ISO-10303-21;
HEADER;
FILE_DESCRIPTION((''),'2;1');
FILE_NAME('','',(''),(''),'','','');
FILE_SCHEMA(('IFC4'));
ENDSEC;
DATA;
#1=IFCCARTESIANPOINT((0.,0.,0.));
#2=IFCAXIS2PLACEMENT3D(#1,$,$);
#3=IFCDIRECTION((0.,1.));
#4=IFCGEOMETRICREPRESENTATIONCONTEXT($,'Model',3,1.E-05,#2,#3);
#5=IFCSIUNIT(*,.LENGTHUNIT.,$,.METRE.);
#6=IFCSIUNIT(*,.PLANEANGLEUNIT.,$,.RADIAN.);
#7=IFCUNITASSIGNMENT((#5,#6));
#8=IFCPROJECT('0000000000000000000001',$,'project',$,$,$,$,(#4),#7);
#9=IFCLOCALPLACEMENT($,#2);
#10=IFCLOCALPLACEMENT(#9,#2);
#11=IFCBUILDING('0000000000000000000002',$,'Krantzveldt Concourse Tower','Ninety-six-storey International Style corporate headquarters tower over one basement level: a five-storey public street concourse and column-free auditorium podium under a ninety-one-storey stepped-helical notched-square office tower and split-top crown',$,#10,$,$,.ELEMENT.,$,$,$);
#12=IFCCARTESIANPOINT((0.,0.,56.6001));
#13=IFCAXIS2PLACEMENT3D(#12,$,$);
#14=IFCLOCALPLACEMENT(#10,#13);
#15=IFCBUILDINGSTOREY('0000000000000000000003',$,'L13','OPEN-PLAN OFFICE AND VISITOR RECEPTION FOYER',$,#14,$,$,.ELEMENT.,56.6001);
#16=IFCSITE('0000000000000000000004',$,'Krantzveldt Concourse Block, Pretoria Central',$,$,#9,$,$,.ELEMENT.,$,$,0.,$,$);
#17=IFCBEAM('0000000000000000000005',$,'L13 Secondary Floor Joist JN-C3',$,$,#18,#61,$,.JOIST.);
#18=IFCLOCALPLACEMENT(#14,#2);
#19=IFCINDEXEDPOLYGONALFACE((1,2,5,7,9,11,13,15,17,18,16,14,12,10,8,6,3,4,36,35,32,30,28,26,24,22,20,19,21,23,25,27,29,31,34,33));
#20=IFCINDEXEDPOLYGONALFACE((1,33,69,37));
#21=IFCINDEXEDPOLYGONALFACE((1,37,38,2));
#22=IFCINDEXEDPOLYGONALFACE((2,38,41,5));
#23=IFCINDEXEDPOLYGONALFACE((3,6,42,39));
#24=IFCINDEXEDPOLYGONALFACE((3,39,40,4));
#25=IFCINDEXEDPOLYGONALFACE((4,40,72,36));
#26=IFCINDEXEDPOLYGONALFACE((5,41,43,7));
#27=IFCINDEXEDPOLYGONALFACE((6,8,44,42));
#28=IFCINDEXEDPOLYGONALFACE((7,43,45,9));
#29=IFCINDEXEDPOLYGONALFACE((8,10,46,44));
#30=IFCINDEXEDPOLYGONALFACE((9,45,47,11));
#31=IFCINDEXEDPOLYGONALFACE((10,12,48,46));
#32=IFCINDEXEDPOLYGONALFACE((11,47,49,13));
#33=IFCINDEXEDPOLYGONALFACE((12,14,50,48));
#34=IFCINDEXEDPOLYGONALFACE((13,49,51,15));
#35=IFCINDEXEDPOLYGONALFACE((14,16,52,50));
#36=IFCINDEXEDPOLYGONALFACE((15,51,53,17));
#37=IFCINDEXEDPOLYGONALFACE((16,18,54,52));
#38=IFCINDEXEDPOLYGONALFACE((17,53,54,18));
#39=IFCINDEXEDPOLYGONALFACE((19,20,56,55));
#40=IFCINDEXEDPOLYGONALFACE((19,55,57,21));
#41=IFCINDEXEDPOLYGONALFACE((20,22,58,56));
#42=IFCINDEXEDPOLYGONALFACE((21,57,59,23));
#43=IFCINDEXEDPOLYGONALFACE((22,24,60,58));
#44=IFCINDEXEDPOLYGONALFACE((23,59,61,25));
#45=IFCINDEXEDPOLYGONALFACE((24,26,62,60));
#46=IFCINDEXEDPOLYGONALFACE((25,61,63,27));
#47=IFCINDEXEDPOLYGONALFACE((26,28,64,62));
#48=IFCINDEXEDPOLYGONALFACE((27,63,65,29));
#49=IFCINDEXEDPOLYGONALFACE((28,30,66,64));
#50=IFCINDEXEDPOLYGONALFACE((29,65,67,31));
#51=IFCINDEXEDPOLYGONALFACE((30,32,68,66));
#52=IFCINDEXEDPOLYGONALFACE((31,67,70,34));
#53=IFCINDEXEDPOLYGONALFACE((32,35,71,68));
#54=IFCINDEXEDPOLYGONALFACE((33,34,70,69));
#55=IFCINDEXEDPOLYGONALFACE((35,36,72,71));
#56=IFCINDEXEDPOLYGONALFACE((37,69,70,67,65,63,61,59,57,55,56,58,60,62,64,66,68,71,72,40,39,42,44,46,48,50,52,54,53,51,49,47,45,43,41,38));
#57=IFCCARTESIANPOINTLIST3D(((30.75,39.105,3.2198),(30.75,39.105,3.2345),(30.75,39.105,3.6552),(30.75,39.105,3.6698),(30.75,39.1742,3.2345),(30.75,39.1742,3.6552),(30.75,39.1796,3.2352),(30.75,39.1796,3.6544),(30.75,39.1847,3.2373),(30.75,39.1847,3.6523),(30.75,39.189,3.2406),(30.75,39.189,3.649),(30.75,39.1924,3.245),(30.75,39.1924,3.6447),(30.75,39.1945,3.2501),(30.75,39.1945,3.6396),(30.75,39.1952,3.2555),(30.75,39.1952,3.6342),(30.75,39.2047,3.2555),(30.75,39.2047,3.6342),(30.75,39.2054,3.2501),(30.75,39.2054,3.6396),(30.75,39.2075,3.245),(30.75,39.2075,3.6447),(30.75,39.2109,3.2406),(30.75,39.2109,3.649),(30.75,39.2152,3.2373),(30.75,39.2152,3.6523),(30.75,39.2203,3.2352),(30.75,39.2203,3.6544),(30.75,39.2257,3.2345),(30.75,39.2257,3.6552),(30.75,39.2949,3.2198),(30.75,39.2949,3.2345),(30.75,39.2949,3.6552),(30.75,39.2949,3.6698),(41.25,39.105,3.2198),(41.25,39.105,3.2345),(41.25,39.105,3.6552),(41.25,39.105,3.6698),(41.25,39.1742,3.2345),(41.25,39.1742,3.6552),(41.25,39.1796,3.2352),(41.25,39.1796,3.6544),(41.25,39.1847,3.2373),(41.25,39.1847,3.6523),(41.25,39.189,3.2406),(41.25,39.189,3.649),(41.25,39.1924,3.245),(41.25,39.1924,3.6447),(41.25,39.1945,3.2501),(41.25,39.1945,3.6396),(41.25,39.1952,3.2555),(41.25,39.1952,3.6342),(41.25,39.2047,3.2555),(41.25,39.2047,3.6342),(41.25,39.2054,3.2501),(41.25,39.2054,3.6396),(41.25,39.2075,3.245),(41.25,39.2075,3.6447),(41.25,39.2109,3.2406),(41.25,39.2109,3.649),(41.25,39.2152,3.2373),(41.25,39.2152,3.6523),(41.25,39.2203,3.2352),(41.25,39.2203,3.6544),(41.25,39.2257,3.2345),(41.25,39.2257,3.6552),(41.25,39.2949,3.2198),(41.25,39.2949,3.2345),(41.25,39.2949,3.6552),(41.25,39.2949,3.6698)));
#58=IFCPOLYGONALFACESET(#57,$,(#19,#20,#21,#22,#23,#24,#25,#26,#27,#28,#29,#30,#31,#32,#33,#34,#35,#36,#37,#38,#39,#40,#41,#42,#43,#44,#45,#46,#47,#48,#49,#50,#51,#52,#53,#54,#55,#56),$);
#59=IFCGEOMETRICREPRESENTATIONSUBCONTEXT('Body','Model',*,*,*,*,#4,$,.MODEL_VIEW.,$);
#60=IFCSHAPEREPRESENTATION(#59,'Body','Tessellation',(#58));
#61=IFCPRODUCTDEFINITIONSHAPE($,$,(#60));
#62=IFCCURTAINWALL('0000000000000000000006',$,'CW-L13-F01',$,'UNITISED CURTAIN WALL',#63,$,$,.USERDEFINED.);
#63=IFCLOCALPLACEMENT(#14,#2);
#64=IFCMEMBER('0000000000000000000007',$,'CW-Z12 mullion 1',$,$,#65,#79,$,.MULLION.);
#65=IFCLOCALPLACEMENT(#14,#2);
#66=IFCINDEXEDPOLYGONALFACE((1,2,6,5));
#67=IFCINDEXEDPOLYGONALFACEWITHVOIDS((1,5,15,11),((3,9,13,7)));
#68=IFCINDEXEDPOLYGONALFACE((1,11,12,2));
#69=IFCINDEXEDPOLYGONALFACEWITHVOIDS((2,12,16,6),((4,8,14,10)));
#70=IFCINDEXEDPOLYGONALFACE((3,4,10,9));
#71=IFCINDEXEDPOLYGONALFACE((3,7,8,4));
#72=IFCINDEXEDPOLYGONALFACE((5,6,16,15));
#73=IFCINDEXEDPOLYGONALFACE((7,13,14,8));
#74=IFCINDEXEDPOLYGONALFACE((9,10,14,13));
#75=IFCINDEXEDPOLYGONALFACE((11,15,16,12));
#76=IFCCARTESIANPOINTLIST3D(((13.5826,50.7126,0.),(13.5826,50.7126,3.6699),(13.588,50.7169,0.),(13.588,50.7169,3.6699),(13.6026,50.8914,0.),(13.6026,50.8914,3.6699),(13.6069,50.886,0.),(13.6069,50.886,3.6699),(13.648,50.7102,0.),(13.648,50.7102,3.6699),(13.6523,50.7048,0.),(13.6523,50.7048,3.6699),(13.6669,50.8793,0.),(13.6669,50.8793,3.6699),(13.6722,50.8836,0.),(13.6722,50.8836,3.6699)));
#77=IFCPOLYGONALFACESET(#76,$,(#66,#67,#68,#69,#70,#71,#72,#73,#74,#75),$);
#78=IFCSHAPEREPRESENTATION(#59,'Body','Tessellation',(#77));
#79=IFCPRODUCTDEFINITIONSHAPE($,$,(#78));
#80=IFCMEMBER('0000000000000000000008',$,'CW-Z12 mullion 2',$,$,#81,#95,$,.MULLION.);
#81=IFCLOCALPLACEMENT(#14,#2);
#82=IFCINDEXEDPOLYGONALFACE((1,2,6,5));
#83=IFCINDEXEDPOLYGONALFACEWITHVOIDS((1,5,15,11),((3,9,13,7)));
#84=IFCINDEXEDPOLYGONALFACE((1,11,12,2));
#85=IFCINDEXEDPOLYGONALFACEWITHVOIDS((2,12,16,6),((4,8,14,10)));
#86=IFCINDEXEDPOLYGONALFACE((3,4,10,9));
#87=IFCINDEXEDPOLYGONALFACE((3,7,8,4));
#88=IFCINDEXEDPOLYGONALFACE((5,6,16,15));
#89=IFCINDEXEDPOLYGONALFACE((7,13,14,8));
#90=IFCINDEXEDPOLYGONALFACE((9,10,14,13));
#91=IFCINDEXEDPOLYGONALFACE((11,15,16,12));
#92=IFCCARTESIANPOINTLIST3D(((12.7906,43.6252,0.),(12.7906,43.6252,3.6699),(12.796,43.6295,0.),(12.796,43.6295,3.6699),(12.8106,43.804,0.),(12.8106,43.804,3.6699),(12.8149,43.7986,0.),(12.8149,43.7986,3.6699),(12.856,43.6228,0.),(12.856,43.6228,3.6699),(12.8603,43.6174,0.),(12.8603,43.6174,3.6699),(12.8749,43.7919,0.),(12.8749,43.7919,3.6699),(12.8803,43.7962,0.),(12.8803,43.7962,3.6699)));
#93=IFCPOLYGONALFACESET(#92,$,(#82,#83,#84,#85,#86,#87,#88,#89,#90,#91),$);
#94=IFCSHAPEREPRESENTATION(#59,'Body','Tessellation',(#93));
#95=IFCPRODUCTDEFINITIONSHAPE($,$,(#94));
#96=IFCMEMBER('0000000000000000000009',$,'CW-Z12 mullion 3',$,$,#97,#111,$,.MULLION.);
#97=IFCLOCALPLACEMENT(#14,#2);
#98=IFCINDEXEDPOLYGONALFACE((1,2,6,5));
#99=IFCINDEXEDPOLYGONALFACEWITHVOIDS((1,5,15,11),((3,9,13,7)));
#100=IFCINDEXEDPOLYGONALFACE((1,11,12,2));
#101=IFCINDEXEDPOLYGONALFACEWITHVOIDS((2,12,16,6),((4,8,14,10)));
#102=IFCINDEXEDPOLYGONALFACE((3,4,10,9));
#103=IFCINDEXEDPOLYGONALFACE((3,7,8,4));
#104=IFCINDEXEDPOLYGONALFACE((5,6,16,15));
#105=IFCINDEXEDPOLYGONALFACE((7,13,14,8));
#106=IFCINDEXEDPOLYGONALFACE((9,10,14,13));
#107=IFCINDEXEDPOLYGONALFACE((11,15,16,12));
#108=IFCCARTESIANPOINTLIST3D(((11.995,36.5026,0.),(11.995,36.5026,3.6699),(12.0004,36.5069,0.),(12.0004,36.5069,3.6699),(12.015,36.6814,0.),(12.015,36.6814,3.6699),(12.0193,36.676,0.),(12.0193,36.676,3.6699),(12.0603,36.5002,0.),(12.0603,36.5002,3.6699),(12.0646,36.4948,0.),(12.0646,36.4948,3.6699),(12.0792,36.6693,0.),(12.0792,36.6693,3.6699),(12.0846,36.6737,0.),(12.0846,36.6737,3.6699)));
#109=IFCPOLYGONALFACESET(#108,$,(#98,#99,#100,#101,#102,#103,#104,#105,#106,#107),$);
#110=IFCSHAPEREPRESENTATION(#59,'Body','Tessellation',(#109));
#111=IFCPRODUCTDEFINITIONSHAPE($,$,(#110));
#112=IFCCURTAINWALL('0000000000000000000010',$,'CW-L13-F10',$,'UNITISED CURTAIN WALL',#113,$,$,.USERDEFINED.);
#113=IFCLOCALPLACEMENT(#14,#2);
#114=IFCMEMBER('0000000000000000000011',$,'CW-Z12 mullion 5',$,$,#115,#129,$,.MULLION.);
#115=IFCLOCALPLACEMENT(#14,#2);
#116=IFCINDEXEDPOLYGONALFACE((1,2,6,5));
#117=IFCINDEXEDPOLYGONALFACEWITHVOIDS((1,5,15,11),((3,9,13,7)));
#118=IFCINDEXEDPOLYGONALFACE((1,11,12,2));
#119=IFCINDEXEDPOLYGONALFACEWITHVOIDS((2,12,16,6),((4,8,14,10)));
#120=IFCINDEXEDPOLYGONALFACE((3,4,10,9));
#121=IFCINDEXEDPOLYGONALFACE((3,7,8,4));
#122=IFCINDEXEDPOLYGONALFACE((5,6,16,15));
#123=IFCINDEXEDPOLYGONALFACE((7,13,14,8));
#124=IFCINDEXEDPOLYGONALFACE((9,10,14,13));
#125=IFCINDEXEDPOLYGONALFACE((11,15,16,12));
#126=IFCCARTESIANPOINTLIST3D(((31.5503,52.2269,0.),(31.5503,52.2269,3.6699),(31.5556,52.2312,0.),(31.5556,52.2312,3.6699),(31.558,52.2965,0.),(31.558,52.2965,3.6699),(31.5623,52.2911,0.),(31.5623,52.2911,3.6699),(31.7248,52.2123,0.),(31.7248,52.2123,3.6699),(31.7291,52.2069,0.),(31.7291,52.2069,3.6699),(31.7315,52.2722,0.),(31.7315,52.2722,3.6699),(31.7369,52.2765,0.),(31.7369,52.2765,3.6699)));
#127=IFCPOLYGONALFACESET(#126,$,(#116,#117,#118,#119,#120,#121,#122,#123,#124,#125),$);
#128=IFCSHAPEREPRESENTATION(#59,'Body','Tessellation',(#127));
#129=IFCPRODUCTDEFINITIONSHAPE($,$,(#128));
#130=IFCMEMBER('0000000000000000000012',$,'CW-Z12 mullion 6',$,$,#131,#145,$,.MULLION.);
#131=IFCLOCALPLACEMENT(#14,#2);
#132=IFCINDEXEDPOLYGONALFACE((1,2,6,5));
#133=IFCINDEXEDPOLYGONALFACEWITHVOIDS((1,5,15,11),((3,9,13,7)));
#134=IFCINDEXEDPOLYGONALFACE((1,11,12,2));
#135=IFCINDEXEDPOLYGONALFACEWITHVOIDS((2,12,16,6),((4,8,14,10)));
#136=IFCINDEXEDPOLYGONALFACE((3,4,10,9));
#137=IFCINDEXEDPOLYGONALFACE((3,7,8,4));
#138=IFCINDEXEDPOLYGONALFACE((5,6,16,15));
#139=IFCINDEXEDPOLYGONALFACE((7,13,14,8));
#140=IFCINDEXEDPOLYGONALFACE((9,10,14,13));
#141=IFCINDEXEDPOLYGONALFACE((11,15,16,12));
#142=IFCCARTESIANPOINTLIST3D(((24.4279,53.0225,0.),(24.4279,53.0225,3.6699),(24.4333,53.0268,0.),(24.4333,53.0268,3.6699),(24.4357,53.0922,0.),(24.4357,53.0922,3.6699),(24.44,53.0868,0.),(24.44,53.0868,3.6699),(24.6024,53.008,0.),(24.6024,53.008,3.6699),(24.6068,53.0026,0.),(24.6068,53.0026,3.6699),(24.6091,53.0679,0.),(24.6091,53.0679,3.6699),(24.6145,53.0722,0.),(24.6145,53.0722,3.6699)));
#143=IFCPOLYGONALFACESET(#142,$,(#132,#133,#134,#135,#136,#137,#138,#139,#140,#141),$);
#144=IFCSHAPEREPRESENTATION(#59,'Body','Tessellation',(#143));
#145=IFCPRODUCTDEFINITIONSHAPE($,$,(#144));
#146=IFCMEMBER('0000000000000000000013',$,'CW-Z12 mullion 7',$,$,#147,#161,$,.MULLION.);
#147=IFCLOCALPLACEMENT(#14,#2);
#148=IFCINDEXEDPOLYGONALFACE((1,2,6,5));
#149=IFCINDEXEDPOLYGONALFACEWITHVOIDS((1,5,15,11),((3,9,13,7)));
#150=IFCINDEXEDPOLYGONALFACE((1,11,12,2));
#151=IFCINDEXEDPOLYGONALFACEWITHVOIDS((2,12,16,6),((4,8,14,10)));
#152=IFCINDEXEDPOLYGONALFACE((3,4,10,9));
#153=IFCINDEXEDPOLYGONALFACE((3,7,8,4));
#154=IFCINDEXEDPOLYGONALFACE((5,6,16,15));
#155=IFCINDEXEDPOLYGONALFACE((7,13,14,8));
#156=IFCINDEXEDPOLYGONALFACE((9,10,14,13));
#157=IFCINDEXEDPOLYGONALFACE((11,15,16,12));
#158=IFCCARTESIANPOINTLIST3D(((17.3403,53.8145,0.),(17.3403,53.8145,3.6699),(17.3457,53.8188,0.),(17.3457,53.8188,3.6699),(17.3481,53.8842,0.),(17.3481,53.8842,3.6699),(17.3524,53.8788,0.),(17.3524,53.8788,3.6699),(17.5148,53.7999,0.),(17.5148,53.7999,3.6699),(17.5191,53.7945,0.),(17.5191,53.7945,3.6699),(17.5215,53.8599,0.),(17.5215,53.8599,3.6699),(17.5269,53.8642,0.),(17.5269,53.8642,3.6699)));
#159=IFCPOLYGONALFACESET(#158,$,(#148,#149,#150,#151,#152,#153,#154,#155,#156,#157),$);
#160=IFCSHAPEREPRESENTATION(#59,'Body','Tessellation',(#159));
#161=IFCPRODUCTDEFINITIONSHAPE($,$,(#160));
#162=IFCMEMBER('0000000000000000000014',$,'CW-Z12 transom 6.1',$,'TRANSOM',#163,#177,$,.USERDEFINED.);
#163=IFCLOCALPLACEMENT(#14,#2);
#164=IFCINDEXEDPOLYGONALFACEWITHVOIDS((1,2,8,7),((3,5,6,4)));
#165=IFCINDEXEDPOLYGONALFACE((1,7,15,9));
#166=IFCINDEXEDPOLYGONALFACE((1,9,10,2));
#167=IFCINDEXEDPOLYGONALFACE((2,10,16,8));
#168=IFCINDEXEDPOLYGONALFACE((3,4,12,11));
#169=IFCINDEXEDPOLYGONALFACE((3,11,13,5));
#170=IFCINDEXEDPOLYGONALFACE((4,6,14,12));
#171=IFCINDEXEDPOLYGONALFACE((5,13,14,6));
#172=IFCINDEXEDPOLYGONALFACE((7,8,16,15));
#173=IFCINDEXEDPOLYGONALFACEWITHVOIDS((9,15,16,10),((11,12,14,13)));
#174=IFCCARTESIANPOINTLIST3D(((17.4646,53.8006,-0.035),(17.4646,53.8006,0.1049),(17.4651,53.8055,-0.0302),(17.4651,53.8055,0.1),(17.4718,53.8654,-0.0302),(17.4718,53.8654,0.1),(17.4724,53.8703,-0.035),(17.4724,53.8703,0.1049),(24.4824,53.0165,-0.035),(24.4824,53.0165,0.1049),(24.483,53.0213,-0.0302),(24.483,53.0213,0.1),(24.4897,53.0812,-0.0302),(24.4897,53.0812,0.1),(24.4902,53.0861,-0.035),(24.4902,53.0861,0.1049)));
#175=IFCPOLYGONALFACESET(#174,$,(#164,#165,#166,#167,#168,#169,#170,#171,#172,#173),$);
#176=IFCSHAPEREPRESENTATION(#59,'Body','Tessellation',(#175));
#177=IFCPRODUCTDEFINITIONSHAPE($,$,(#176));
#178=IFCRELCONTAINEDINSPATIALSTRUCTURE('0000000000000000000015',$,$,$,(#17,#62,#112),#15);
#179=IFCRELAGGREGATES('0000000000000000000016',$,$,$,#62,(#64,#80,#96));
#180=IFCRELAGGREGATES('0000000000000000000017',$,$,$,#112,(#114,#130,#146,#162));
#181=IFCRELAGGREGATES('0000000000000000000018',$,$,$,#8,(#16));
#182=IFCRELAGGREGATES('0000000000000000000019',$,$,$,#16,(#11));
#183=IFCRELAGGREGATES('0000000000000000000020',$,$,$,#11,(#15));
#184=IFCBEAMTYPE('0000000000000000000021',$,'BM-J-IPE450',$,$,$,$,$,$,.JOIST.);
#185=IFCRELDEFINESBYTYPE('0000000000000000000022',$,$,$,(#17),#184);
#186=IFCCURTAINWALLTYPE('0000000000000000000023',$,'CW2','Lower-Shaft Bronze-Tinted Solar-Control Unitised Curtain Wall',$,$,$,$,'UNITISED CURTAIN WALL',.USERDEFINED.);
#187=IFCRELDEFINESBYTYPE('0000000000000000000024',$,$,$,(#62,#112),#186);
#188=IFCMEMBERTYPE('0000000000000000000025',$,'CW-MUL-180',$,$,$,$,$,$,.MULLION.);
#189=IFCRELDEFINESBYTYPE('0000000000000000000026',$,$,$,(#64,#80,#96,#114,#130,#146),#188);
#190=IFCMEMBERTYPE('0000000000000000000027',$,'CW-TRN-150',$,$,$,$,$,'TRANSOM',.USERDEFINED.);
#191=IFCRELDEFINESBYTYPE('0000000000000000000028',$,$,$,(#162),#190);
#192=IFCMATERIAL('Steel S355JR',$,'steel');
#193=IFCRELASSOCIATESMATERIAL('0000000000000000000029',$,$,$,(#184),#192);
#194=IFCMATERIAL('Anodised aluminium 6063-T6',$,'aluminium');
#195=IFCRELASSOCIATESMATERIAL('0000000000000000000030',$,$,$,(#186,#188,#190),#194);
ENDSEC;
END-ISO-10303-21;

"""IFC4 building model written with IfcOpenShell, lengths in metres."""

from ifc_helpers import new_model, si_unit, direction, frame, origin, origin_2d, place, context, subcontext, project, spatial, hollow_rectangle, i_section, extrude, source, transform, mapped, material, material_profile, profile_set, type_object, type_shapes, element, aggregate, save


model = new_model("IFC4")

# Units and contexts
model_context = context("Model", 3, precision=1e-05, world=origin(), true_north=direction((0.0, 1.0)))
body_context = subcontext(model_context, "Body", "Model", "MODEL_VIEW")
ifc_project = project(units=[si_unit("LENGTHUNIT", "METRE"), si_unit("PLANEANGLEUNIT", "RADIAN")], contexts=[model_context])

# Site, building, storey
site_placement = place(None, origin())
site = spatial("IfcSite", under=ifc_project, at=site_placement, Name="Krantzveldt Concourse Block, Pretoria Central", CompositionType="ELEMENT", RefElevation=0.0)
building_placement = place(site_placement, origin())
building = spatial("IfcBuilding", under=site, at=building_placement, Name="Krantzveldt Concourse Tower", Description="Ninety-six-storey International Style corporate headquarters tower over one basement level: a five-storey public street concourse and column-free auditorium podium under a ninety-one-storey stepped-helical notched-square office tower and split-top crown", CompositionType="ELEMENT")
storey_placement = place(building_placement, frame((0.0, 0.0, 56.6001)))
storey = spatial("IfcBuildingStorey", under=building, at=storey_placement, Name="L13", Description="OPEN-PLAN OFFICE AND VISITOR RECEPTION FOYER", CompositionType="ELEMENT", Elevation=56.6001)

# Beam
ifc_material_1 = material(Name="Steel S355JR", Category="steel")
ifc_material_profile_1 = material_profile(ifc_material_1, i_section(OverallWidth=0.1899, OverallDepth=0.45, WebThickness=0.0095, FlangeThickness=0.0146, FilletRadius=0.021, at=origin_2d()), Name="Steel S355JR", Category="steel")
ifc_profile_set_1 = profile_set([ifc_material_profile_1], Name="Steel S355JR - IPE 450")
beam_type_1 = type_object("IfcBeamType", Name="BM-J-IPE450", PredefinedType="JOIST", material=ifc_profile_set_1)
shared_shape_1 = source(origin(), body_context, "Body", "SweptSolid", [
    extrude(i_section(OverallWidth=0.1899, OverallDepth=0.45, WebThickness=0.0095, FlangeThickness=0.0146, FilletRadius=0.021, at=origin_2d()), origin(), (0.0, 0.0, 1.0), 10.5),
])
type_shapes(beam_type_1, [shared_shape_1])
beam_1_placement = place(storey_placement, frame((30.75, 39.2, 3.4448), z_axis=(1.0, 0.0, 0.0), x_axis=(0.0, 1.0, 0.0)))
element("IfcBeam", 1, at=beam_1_placement, inside=storey, type_object=beam_type_1, Name="L13 Secondary Floor Joist JN-C3", PredefinedType="JOIST", context=body_context, shape_type="MappedRepresentation", body=[
    mapped(shared_shape_1, transform((0.0, 0.0, 0.0), x_axis=(1.0, 0.0, 0.0), y_axis=(0.0, 1.0, 0.0), z_axis=(0.0, 0.0, 1.0), scale=1.0)),
])

# Curtain walls, members
ifc_material_2 = material(Name="Anodised aluminium 6063-T6", Category="aluminium")
curtain_wall_type = type_object("IfcCurtainWallType", Name="CW2", Description="Lower-Shaft Bronze-Tinted Solar-Control Unitised Curtain Wall", ElementType="UNITISED CURTAIN WALL", PredefinedType="USERDEFINED", material=ifc_material_2)
curtain_wall_1_placement = place(storey_placement, origin())
curtain_wall_1 = element("IfcCurtainWall", 2, at=curtain_wall_1_placement, inside=storey, type_object=curtain_wall_type, Name="CW-L13-F01", ObjectType="UNITISED CURTAIN WALL", PredefinedType="USERDEFINED")
ifc_material_profile_2 = material_profile(ifc_material_2, hollow_rectangle(XDim=0.0701, YDim=0.1799, WallThickness=0.0049, at=origin_2d()), Name="Anodised aluminium 6063-T6", Category="aluminium")
ifc_profile_set_2 = profile_set([ifc_material_profile_2], Name="Anodised aluminium 6063-T6 - ALU-MULL 180x70x5")
member_type_1 = type_object("IfcMemberType", Name="CW-MUL-180", PredefinedType="MULLION", material=ifc_profile_set_2)
shared_shape_2 = source(origin(), body_context, "Body", "SweptSolid", [
    extrude(hollow_rectangle(XDim=0.0701, YDim=0.1799, WallThickness=0.0049, at=origin_2d()), origin(), (0.0, 0.0, 1.0), 3.6699),
])
type_shapes(member_type_1, [shared_shape_2])
member_1_placement = place(storey_placement, frame((13.6274, 50.7981, 0.0), z_axis=(0.0, 0.0, 1.0), x_axis=(0.993816, -0.111035, 0.0)))
member_1 = element("IfcMember", 3, at=member_1_placement, type_object=member_type_1, Name="CW-Z12 mullion 1", PredefinedType="MULLION", context=body_context, shape_type="MappedRepresentation", body=[
    mapped(shared_shape_2, transform((0.0, 0.0, 0.0), x_axis=(1.0, 0.0, 0.0), y_axis=(0.0, 1.0, 0.0), z_axis=(0.0, 0.0, 1.0), scale=1.0)),
])
member_2_placement = place(storey_placement, frame((12.8354, 43.7107, 0.0), z_axis=(0.0, 0.0, 1.0), x_axis=(0.993816, -0.111035, 0.0)))
member_2 = element("IfcMember", 4, at=member_2_placement, type_object=member_type_1, Name="CW-Z12 mullion 2", PredefinedType="MULLION", context=body_context, shape_type="MappedRepresentation", body=[
    mapped(shared_shape_2, transform((0.0, 0.0, 0.0), x_axis=(1.0, 0.0, 0.0), y_axis=(0.0, 1.0, 0.0), z_axis=(0.0, 0.0, 1.0), scale=1.0)),
])
member_3_placement = place(storey_placement, frame((12.0398, 36.5881, 0.0), z_axis=(0.0, 0.0, 1.0), x_axis=(0.993816, -0.111035, 0.0)))
member_3 = element("IfcMember", 5, at=member_3_placement, type_object=member_type_1, Name="CW-Z12 mullion 3", PredefinedType="MULLION", context=body_context, shape_type="MappedRepresentation", body=[
    mapped(shared_shape_2, transform((0.0, 0.0, 0.0), x_axis=(1.0, 0.0, 0.0), y_axis=(0.0, 1.0, 0.0), z_axis=(0.0, 0.0, 1.0), scale=1.0)),
])
curtain_wall_2_placement = place(storey_placement, origin())
curtain_wall_2 = element("IfcCurtainWall", 6, at=curtain_wall_2_placement, inside=storey, type_object=curtain_wall_type, Name="CW-L13-F10", ObjectType="UNITISED CURTAIN WALL", PredefinedType="USERDEFINED")
member_4_placement = place(storey_placement, frame((31.6436, 52.2517, 0.0), z_axis=(0.0, 0.0, 1.0), x_axis=(-0.111035, -0.993816, 0.0)))
member_4 = element("IfcMember", 7, at=member_4_placement, type_object=member_type_1, Name="CW-Z12 mullion 5", PredefinedType="MULLION", context=body_context, shape_type="MappedRepresentation", body=[
    mapped(shared_shape_2, transform((0.0, 0.0, 0.0), x_axis=(1.0, 0.0, 0.0), y_axis=(0.0, 1.0, 0.0), z_axis=(0.0, 0.0, 1.0), scale=1.0)),
])
member_5_placement = place(storey_placement, frame((24.5212, 53.0474, 0.0), z_axis=(0.0, 0.0, 1.0), x_axis=(-0.111035, -0.993816, 0.0)))
member_5 = element("IfcMember", 8, at=member_5_placement, type_object=member_type_1, Name="CW-Z12 mullion 6", PredefinedType="MULLION", context=body_context, shape_type="MappedRepresentation", body=[
    mapped(shared_shape_2, transform((0.0, 0.0, 0.0), x_axis=(1.0, 0.0, 0.0), y_axis=(0.0, 1.0, 0.0), z_axis=(0.0, 0.0, 1.0), scale=1.0)),
])
member_6_placement = place(storey_placement, frame((17.4336, 53.8394, 0.0), z_axis=(0.0, 0.0, 1.0), x_axis=(-0.111035, -0.993816, 0.0)))
member_6 = element("IfcMember", 9, at=member_6_placement, type_object=member_type_1, Name="CW-Z12 mullion 7", PredefinedType="MULLION", context=body_context, shape_type="MappedRepresentation", body=[
    mapped(shared_shape_2, transform((0.0, 0.0, 0.0), x_axis=(1.0, 0.0, 0.0), y_axis=(0.0, 1.0, 0.0), z_axis=(0.0, 0.0, 1.0), scale=1.0)),
])
ifc_material_profile_3 = material_profile(ifc_material_2, hollow_rectangle(XDim=0.0701, YDim=0.1399, WallThickness=0.0049, at=origin_2d()), Name="Anodised aluminium 6063-T6", Category="aluminium")
ifc_profile_set_3 = profile_set([ifc_material_profile_3], Name="Anodised aluminium 6063-T6 - ALU-TRAN 140x70x5")
member_type_2 = type_object("IfcMemberType", Name="CW-TRN-150", ElementType="TRANSOM", PredefinedType="USERDEFINED", material=ifc_profile_set_3)
shared_shape_3 = source(origin(), body_context, "Body", "SweptSolid", [
    extrude(hollow_rectangle(XDim=0.0701, YDim=0.1399, WallThickness=0.0049, at=origin_2d()), origin(), (0.0, 0.0, 1.0), 7.0615),
])
member_7_placement = place(storey_placement, frame((24.4863, 53.0513, 0.0349), z_axis=(-0.993815, 0.11105, 0.0), x_axis=(-0.11105, -0.993815, 0.0)))
member_7 = element("IfcMember", 10, at=member_7_placement, type_object=member_type_2, Name="CW-Z12 transom 6.1", ObjectType="TRANSOM", PredefinedType="USERDEFINED", context=body_context, shape_type="MappedRepresentation", body=[
    mapped(shared_shape_3, transform((0.0, 0.0, 0.0), x_axis=(1.0, 0.0, 0.0), y_axis=(0.0, 1.0, 0.0), z_axis=(0.0, 0.0, 1.0), scale=1.0)),
])

aggregate(curtain_wall_1, [member_1, member_2, member_3])
aggregate(curtain_wall_2, [member_4, member_5, member_6, member_7])

save(model, "model.ifc")
